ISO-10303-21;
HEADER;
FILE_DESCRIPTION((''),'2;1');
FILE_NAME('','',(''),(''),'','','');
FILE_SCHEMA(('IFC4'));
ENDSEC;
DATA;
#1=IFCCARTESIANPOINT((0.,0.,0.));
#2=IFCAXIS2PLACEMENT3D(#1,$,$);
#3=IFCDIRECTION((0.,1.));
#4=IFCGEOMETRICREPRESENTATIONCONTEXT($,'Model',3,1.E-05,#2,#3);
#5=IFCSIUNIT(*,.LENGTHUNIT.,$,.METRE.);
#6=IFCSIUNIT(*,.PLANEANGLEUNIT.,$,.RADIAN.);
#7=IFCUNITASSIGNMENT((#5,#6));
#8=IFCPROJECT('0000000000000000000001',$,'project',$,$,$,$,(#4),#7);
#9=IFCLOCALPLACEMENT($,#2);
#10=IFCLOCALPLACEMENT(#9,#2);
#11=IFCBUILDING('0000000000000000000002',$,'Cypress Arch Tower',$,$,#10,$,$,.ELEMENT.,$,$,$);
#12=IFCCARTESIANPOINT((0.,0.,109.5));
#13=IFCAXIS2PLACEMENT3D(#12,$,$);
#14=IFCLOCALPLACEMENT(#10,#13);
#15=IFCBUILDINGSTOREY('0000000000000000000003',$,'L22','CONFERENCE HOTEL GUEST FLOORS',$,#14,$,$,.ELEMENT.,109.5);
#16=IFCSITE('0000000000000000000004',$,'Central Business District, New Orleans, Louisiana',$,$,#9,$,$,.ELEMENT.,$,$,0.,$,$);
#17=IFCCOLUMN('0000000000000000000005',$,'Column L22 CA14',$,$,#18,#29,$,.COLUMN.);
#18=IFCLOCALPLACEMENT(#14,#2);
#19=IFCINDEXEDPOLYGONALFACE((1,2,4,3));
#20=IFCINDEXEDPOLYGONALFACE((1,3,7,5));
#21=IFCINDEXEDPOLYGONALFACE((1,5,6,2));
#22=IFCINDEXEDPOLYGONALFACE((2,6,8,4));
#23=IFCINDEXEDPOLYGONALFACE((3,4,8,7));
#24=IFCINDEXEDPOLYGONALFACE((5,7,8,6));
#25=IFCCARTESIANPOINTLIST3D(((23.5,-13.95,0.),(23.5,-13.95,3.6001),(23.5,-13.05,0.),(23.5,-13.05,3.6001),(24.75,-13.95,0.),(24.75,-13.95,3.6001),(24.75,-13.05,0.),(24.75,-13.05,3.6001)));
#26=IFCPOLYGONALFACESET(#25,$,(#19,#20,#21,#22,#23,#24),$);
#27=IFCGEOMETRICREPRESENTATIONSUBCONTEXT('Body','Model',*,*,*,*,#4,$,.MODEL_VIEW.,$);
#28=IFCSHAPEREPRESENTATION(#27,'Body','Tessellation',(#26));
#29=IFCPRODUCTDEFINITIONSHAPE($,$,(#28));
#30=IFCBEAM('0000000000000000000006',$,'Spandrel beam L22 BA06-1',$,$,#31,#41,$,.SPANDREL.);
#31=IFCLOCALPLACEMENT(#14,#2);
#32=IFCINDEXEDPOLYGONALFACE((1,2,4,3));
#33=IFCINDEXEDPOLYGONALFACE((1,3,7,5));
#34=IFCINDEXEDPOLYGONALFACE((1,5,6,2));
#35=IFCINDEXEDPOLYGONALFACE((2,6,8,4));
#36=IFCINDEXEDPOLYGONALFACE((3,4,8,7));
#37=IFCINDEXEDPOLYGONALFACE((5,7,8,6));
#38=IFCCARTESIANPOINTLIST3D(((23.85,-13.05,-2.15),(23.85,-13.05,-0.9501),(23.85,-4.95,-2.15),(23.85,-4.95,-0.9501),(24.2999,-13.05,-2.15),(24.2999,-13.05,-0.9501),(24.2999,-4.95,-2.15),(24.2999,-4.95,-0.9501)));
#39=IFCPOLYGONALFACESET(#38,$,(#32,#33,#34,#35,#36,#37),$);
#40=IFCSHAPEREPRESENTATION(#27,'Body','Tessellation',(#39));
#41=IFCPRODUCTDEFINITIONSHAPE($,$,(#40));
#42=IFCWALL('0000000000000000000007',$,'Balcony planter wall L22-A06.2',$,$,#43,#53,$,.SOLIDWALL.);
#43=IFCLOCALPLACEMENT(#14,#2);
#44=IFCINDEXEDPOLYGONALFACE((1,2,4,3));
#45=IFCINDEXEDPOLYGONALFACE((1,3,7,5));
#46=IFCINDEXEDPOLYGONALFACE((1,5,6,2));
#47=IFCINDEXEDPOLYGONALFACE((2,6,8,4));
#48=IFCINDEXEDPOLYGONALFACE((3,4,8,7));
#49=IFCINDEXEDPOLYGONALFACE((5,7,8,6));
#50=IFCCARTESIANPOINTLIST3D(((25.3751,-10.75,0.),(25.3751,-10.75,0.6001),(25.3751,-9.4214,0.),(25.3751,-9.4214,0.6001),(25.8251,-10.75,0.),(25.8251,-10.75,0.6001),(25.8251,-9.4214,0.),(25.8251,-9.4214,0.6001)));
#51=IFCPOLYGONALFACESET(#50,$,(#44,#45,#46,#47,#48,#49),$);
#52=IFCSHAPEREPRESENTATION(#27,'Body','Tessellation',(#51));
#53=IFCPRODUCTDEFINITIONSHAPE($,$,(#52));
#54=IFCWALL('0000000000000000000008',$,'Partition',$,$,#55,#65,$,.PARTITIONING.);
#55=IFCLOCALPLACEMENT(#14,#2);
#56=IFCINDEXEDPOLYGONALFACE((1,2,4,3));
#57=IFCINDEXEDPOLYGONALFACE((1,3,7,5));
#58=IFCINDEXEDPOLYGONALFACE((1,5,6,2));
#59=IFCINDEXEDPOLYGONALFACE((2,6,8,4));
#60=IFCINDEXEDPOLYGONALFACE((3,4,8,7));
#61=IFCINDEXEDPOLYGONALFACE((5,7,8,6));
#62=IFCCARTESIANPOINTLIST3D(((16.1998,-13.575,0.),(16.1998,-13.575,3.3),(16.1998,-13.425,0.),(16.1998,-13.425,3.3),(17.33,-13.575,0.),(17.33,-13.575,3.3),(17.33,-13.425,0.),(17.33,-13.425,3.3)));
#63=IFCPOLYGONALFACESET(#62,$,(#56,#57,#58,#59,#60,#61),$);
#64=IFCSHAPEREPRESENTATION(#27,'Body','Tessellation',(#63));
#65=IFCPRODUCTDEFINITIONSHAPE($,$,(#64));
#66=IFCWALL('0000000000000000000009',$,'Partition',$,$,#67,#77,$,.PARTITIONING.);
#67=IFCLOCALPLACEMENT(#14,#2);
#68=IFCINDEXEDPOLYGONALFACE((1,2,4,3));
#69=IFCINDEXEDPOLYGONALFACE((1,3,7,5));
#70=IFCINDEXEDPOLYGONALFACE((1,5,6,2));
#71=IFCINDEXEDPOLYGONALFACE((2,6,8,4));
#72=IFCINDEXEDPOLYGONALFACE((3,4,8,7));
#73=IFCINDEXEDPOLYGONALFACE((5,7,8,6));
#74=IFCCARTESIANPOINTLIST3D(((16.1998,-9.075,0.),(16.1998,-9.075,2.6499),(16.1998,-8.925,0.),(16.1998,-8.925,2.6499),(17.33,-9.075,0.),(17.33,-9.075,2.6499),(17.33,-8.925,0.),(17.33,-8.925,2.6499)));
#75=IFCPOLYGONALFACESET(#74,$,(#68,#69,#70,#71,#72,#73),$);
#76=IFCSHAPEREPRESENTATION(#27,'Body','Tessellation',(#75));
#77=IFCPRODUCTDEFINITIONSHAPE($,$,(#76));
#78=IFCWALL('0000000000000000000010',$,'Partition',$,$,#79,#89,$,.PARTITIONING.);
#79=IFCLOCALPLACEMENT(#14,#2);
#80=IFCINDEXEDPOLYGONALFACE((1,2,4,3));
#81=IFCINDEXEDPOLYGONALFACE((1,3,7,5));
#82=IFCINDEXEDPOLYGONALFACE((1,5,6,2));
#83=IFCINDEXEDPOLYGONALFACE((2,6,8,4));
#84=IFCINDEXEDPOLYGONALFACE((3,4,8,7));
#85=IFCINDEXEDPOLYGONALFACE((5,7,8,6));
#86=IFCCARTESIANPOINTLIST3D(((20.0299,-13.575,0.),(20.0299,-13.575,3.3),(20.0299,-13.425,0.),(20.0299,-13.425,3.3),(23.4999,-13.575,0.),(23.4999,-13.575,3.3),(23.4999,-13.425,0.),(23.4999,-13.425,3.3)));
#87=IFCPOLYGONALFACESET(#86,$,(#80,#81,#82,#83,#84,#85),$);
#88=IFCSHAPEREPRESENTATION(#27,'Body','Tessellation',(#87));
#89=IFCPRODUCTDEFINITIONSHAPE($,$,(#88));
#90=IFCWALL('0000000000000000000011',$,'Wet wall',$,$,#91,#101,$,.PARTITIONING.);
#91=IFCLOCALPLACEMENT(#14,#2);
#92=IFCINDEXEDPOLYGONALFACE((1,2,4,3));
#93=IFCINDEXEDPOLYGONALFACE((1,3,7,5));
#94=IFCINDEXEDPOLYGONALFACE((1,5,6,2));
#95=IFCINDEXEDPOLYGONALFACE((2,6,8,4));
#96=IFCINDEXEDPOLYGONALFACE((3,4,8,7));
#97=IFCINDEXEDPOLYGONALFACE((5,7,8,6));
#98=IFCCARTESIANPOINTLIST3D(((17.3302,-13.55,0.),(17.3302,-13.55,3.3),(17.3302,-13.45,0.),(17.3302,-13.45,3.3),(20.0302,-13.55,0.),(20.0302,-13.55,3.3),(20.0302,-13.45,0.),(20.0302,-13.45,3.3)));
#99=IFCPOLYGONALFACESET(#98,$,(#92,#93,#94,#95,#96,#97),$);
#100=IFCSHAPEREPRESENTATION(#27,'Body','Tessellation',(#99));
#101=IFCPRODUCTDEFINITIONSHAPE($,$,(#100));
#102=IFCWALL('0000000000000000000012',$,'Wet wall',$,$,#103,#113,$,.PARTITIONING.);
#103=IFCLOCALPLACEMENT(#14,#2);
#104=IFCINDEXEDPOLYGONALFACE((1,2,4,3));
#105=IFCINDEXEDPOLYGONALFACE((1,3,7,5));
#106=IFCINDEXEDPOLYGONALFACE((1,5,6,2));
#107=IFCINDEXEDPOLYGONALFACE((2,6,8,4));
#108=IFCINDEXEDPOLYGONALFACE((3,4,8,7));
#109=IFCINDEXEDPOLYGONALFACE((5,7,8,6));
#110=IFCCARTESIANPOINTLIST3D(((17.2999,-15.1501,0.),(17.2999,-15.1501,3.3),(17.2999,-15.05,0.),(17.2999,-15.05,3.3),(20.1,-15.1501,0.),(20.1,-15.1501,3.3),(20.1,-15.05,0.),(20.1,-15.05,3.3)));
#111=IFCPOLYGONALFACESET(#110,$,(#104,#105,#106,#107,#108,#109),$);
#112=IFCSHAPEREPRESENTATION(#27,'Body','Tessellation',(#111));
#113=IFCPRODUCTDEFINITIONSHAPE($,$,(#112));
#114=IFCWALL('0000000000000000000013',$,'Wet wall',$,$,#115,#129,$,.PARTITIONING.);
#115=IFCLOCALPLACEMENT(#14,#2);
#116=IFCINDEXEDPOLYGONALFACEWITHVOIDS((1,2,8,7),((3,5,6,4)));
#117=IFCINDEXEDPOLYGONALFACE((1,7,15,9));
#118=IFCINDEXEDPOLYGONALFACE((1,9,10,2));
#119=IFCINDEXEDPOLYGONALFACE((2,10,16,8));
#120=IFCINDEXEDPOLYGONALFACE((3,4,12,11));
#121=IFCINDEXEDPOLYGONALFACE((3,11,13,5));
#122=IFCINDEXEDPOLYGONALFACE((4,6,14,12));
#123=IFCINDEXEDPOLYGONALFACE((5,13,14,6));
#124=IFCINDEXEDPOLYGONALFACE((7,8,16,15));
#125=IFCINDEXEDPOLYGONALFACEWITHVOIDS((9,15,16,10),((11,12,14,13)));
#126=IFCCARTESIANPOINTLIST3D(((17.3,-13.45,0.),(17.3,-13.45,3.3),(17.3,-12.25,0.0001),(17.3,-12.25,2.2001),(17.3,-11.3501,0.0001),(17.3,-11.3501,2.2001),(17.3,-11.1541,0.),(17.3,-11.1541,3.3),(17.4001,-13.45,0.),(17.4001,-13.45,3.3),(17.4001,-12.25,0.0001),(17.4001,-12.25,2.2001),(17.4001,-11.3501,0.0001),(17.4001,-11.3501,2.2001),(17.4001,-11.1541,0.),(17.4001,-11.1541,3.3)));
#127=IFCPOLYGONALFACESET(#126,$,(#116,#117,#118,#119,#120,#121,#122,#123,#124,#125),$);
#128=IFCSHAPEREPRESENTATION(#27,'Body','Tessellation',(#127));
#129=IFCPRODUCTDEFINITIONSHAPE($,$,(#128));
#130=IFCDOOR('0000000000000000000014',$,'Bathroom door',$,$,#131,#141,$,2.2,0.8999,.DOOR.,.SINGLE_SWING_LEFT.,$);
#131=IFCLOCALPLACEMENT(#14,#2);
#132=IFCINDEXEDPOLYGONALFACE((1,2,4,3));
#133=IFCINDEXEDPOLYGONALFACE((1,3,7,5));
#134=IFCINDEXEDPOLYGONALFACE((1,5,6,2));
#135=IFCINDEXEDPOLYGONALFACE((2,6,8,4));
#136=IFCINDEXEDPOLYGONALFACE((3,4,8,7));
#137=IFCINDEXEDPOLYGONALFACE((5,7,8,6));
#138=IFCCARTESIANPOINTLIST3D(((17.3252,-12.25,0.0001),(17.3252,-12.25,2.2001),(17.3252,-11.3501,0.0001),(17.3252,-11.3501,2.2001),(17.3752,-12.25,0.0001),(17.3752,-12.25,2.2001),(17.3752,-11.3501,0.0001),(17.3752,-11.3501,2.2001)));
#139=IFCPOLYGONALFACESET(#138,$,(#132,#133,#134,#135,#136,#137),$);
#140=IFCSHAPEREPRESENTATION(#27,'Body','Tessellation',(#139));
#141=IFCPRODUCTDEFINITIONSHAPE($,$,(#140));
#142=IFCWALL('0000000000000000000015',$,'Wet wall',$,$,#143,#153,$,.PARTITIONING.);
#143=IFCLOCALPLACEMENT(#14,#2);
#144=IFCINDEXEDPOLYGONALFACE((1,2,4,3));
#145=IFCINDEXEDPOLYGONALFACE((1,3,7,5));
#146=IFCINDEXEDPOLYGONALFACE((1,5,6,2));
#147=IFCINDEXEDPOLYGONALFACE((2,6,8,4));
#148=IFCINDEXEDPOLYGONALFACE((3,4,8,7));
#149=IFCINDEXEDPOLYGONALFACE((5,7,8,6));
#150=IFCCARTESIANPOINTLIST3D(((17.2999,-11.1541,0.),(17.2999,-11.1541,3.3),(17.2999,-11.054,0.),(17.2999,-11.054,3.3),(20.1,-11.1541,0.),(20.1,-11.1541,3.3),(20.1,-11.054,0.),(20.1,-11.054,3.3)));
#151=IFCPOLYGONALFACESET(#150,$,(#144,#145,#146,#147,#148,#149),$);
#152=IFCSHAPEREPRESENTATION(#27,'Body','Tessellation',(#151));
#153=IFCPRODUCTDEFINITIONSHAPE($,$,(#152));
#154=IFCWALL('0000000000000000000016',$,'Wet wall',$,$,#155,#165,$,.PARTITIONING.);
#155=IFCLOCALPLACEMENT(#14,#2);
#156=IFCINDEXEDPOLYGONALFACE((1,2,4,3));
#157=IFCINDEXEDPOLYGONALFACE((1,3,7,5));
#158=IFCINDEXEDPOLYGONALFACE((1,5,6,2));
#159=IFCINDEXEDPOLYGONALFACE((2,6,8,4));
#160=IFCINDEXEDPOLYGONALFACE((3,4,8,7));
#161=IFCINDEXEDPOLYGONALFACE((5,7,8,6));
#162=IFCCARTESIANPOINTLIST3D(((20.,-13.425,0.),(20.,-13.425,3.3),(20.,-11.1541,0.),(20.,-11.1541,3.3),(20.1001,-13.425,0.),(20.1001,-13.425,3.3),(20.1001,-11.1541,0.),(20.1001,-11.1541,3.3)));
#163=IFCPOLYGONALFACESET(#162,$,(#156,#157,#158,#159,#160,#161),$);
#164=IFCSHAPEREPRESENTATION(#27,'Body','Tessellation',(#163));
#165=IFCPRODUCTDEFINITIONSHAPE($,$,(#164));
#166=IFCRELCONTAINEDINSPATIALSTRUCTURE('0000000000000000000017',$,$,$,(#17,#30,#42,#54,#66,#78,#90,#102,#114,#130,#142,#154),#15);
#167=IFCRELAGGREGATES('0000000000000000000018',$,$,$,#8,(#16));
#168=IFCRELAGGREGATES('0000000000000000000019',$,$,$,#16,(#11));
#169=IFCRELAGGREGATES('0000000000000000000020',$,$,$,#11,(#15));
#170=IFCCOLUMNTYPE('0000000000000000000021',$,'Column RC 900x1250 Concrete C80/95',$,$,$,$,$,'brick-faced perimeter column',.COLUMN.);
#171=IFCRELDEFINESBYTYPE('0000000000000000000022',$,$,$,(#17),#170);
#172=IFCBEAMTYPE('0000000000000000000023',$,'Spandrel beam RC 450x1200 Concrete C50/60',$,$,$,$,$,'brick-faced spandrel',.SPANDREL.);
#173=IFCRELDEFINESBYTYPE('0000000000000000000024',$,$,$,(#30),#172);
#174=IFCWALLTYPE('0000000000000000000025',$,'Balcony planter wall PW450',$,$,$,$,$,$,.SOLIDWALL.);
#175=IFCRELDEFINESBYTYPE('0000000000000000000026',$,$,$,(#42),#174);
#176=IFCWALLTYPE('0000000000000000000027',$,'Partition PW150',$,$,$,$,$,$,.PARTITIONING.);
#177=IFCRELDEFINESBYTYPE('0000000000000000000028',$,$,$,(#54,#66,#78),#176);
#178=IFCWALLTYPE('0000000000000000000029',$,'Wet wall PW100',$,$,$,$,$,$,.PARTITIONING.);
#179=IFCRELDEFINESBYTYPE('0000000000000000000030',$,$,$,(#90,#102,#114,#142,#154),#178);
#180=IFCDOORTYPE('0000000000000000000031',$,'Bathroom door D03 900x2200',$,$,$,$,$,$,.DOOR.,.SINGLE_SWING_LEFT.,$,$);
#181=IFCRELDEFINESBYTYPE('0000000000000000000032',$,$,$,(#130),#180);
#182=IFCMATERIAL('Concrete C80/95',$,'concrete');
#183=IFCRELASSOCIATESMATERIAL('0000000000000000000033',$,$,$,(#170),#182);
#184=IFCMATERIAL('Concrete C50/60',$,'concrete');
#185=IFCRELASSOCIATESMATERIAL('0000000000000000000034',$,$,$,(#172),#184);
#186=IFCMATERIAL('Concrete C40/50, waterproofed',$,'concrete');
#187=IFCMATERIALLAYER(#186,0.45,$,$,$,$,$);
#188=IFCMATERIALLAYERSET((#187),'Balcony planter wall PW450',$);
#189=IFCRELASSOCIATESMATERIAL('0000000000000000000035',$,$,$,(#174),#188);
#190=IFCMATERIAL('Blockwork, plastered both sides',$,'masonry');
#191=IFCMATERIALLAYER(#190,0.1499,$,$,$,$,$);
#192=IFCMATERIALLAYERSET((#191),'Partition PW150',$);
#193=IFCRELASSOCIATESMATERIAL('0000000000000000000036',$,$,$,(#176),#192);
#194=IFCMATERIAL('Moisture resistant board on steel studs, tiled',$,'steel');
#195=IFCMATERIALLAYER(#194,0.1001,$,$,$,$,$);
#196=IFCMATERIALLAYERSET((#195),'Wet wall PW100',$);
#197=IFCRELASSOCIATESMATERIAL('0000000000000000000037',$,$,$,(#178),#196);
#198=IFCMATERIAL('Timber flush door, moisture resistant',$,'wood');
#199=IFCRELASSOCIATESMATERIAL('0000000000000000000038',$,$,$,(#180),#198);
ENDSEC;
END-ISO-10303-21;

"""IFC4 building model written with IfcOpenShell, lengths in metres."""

from ifc_helpers import new_model, si_unit, direction, frame, frame_2d, origin, origin_2d, place, context, subcontext, project, spatial, rectangle, extrude, material, layer, layer_set, material_profile, profile_set, type_object, element, fill, save


model = new_model("IFC4")

# Units and contexts
model_context = context("Model", 3, precision=1e-05, world=origin(), true_north=direction((0.0, 1.0)))
body_context = subcontext(model_context, "Body", "Model", "MODEL_VIEW")
ifc_project = project(units=[si_unit("LENGTHUNIT", "METRE"), si_unit("PLANEANGLEUNIT", "RADIAN")], contexts=[model_context])

# Site, building, storey
site_placement = place(None, origin())
site = spatial("IfcSite", under=ifc_project, at=site_placement, Name="Central Business District, New Orleans, Louisiana", CompositionType="ELEMENT", RefElevation=0.0)
building_placement = place(site_placement, origin())
building = spatial("IfcBuilding", under=site, at=building_placement, Name="Cypress Arch Tower", CompositionType="ELEMENT")
storey_placement = place(building_placement, frame((0.0, 0.0, 109.5)))
storey = spatial("IfcBuildingStorey", under=building, at=storey_placement, Name="L22", Description="CONFERENCE HOTEL GUEST FLOORS", CompositionType="ELEMENT", Elevation=109.5)

# Column
ifc_material_1 = material(Name="Concrete C80/95", Category="concrete")
ifc_material_profile_1 = material_profile(ifc_material_1, rectangle(XDim=0.8999, YDim=1.25, at=origin_2d()), Name="RC 900x1250")
ifc_profile_set_1 = profile_set([ifc_material_profile_1], Name="Concrete C80/95")
column_type = type_object("IfcColumnType", Name="Column RC 900x1250 Concrete C80/95", ElementType="brick-faced perimeter column", PredefinedType="COLUMN", material=ifc_profile_set_1)
column_placement = place(storey_placement, frame((24.125, -13.5, 0.0), z_axis=(0.0, 0.0, 1.0), x_axis=(0.0, 1.0, 0.0)))
element("IfcColumn", 1, at=column_placement, inside=storey, type_object=column_type, Name="Column L22 CA14", PredefinedType="COLUMN", context=body_context, shape_type="SweptSolid", body=[
    extrude(rectangle(XDim=0.8999, YDim=1.25, at=origin_2d()), origin(), (0.0, 0.0, 1.0), 3.6001),
])

# Beam
ifc_material_2 = material(Name="Concrete C50/60", Category="concrete")
ifc_material_profile_2 = material_profile(ifc_material_2, rectangle(XDim=0.45, YDim=1.2, at=origin_2d()), Name="RC 450x1200")
ifc_profile_set_2 = profile_set([ifc_material_profile_2], Name="Concrete C50/60")
beam_type = type_object("IfcBeamType", Name="Spandrel beam RC 450x1200 Concrete C50/60", ElementType="brick-faced spandrel", PredefinedType="SPANDREL", material=ifc_profile_set_2)
beam_placement = place(storey_placement, frame((24.075, -13.05, -1.55), z_axis=(0.0, 1.0, 0.0), x_axis=(-1.0, 0.0, 0.0)))
element("IfcBeam", 2, at=beam_placement, inside=storey, type_object=beam_type, Name="Spandrel beam L22 BA06-1", PredefinedType="SPANDREL", context=body_context, shape_type="SweptSolid", body=[
    extrude(rectangle(XDim=0.45, YDim=1.2, at=origin_2d()), origin(), (0.0, 0.0, 1.0), 8.1001),
])

# Wall
ifc_material_3 = material(Name="Concrete C40/50, waterproofed", Category="concrete")
ifc_layer_1 = layer(ifc_material_3, 0.45)
ifc_layer_set_1 = layer_set([ifc_layer_1], Name="Balcony planter wall PW450")
wall_type_1 = type_object("IfcWallType", Name="Balcony planter wall PW450", PredefinedType="SOLIDWALL", material=ifc_layer_set_1)
wall_1_placement = place(storey_placement, frame((25.6001, -10.75, 0.0), z_axis=(0.0, 0.0, 1.0), x_axis=(0.0, 1.0, 0.0)))
element("IfcWall", 3, at=wall_1_placement, inside=storey, type_object=wall_type_1, Name="Balcony planter wall L22-A06.2", PredefinedType="SOLIDWALL", context=body_context, shape_type="SweptSolid", body=[
    extrude(rectangle(XDim=1.3286, YDim=0.45, at=frame_2d((0.6643, 0.0))), origin(), (0.0, 0.0, 1.0), 0.6001),
])

# Walls
ifc_material_4 = material(Name="Blockwork, plastered both sides", Category="masonry")
ifc_layer_2 = layer(ifc_material_4, 0.1499)
ifc_layer_set_2 = layer_set([ifc_layer_2], Name="Partition PW150")
wall_type_2 = type_object("IfcWallType", Name="Partition PW150", PredefinedType="PARTITIONING", material=ifc_layer_set_2)
wall_2_placement = place(storey_placement, frame((16.2, -13.5, 0.0), z_axis=(0.0, 0.0, 1.0), x_axis=(1.0, 0.0, 0.0)))
element("IfcWall", 4, at=wall_2_placement, inside=storey, type_object=wall_type_2, Name="Partition", PredefinedType="PARTITIONING", context=body_context, shape_type="SweptSolid", body=[
    extrude(rectangle(XDim=1.1301, YDim=0.1499, at=frame_2d((0.5649, 0.0))), origin(), (0.0, 0.0, 1.0), 3.3),
])
wall_3_placement = place(storey_placement, frame((16.2, -9.0, 0.0), z_axis=(0.0, 0.0, 1.0), x_axis=(1.0, 0.0, 0.0)))
element("IfcWall", 5, at=wall_3_placement, inside=storey, type_object=wall_type_2, Name="Partition", PredefinedType="PARTITIONING", context=body_context, shape_type="SweptSolid", body=[
    extrude(rectangle(XDim=1.1301, YDim=0.1499, at=frame_2d((0.5649, 0.0))), origin(), (0.0, 0.0, 1.0), 2.6499),
])
wall_4_placement = place(storey_placement, frame((20.03, -13.5, 0.0), z_axis=(0.0, 0.0, 1.0), x_axis=(1.0, 0.0, 0.0)))
element("IfcWall", 6, at=wall_4_placement, inside=storey, type_object=wall_type_2, Name="Partition", PredefinedType="PARTITIONING", context=body_context, shape_type="SweptSolid", body=[
    extrude(rectangle(XDim=3.47, YDim=0.1499, at=frame_2d((1.7349, 0.0))), origin(), (0.0, 0.0, 1.0), 3.3),
])
ifc_material_5 = material(Name="Moisture resistant board on steel studs, tiled", Category="steel")
ifc_layer_3 = layer(ifc_material_5, 0.1001)
ifc_layer_set_3 = layer_set([ifc_layer_3], Name="Wet wall PW100")
wall_type_3 = type_object("IfcWallType", Name="Wet wall PW100", PredefinedType="PARTITIONING", material=ifc_layer_set_3)
wall_5_placement = place(storey_placement, frame((17.3301, -13.5, 0.0), z_axis=(0.0, 0.0, 1.0), x_axis=(1.0, 0.0, 0.0)))
element("IfcWall", 7, at=wall_5_placement, inside=storey, type_object=wall_type_3, Name="Wet wall", PredefinedType="PARTITIONING", context=body_context, shape_type="SweptSolid", body=[
    extrude(rectangle(XDim=2.7, YDim=0.1001, at=frame_2d((1.3501, 0.0))), origin(), (0.0, 0.0, 1.0), 3.3),
])
wall_6_placement = place(storey_placement, frame((17.3, -15.1001, 0.0), z_axis=(0.0, 0.0, 1.0), x_axis=(1.0, 0.0, 0.0)))
element("IfcWall", 8, at=wall_6_placement, inside=storey, type_object=wall_type_3, Name="Wet wall", PredefinedType="PARTITIONING", context=body_context, shape_type="SweptSolid", body=[
    extrude(rectangle(XDim=2.8, YDim=0.1001, at=frame_2d((1.3999, 0.0))), origin(), (0.0, 0.0, 1.0), 3.3),
])

# Wall, opening, door
wall_7_placement = place(storey_placement, frame((17.3501, -13.45, 0.0), z_axis=(0.0, 0.0, 1.0), x_axis=(0.0, 1.0, 0.0)))
wall_7 = element("IfcWall", 9, at=wall_7_placement, inside=storey, type_object=wall_type_3, Name="Wet wall", PredefinedType="PARTITIONING", context=body_context, shape_type="SweptSolid", body=[
    extrude(rectangle(XDim=2.2959, YDim=0.1001, at=frame_2d((1.1479, 0.0))), origin(), (0.0, 0.0, 1.0), 3.3),
])
opening_1_placement = place(wall_7_placement, frame((1.2, 0.0, 0.0)))
opening_1 = element("IfcOpeningElement", 10, at=opening_1_placement, cuts=wall_7, PredefinedType="OPENING", context=body_context, shape_type="SweptSolid", body=[
    extrude(rectangle(XDim=0.8999, YDim=2.2, at=frame_2d((0.45, 1.1001))), frame((0.0, 0.0601, 0.0), z_axis=(0.0, -1.0, 0.0), x_axis=(1.0, 0.0, 0.0)), (0.0, 0.0, 1.0), 0.1201),
])
ifc_material_6 = material(Name="Timber flush door, moisture resistant", Category="wood")
door_type_1 = type_object("IfcDoorType", Name="Bathroom door D03 900x2200", OperationType="SINGLE_SWING_LEFT", PredefinedType="DOOR", material=ifc_material_6)
door_1_placement = place(opening_1_placement, origin())
door_1 = element("IfcDoor", 11, at=door_1_placement, inside=storey, type_object=door_type_1, Name="Bathroom door", OperationType="SINGLE_SWING_LEFT", OverallHeight=2.2, OverallWidth=0.8999, PredefinedType="DOOR", context=body_context, shape_type="SweptSolid", body=[
    extrude(rectangle(XDim=0.8999, YDim=2.2, at=frame_2d((0.45, 1.1001))), frame((0.0, 0.0249, 0.0), z_axis=(0.0, -1.0, 0.0), x_axis=(1.0, 0.0, 0.0)), (0.0, 0.0, 1.0), 0.05),
])
fill(opening_1, door_1)

# Walls
wall_8_placement = place(storey_placement, frame((17.3, -11.104, 0.0), z_axis=(0.0, 0.0, 1.0), x_axis=(1.0, 0.0, 0.0)))
element("IfcWall", 12, at=wall_8_placement, inside=storey, type_object=wall_type_3, Name="Wet wall", PredefinedType="PARTITIONING", context=body_context, shape_type="SweptSolid", body=[
    extrude(rectangle(XDim=2.8, YDim=0.1001, at=frame_2d((1.3999, 0.0))), origin(), (0.0, 0.0, 1.0), 3.3),
])
wall_9_placement = place(storey_placement, frame((20.05, -13.425, 0.0), z_axis=(0.0, 0.0, 1.0), x_axis=(0.0, 1.0, 0.0)))
element("IfcWall", 13, at=wall_9_placement, inside=storey, type_object=wall_type_3, Name="Wet wall", PredefinedType="PARTITIONING", context=body_context, shape_type="SweptSolid", body=[
    extrude(rectangle(XDim=2.271, YDim=0.1001, at=frame_2d((1.1355, 0.0))), origin(), (0.0, 0.0, 1.0), 3.3),
])

save(model, "model.ifc")
